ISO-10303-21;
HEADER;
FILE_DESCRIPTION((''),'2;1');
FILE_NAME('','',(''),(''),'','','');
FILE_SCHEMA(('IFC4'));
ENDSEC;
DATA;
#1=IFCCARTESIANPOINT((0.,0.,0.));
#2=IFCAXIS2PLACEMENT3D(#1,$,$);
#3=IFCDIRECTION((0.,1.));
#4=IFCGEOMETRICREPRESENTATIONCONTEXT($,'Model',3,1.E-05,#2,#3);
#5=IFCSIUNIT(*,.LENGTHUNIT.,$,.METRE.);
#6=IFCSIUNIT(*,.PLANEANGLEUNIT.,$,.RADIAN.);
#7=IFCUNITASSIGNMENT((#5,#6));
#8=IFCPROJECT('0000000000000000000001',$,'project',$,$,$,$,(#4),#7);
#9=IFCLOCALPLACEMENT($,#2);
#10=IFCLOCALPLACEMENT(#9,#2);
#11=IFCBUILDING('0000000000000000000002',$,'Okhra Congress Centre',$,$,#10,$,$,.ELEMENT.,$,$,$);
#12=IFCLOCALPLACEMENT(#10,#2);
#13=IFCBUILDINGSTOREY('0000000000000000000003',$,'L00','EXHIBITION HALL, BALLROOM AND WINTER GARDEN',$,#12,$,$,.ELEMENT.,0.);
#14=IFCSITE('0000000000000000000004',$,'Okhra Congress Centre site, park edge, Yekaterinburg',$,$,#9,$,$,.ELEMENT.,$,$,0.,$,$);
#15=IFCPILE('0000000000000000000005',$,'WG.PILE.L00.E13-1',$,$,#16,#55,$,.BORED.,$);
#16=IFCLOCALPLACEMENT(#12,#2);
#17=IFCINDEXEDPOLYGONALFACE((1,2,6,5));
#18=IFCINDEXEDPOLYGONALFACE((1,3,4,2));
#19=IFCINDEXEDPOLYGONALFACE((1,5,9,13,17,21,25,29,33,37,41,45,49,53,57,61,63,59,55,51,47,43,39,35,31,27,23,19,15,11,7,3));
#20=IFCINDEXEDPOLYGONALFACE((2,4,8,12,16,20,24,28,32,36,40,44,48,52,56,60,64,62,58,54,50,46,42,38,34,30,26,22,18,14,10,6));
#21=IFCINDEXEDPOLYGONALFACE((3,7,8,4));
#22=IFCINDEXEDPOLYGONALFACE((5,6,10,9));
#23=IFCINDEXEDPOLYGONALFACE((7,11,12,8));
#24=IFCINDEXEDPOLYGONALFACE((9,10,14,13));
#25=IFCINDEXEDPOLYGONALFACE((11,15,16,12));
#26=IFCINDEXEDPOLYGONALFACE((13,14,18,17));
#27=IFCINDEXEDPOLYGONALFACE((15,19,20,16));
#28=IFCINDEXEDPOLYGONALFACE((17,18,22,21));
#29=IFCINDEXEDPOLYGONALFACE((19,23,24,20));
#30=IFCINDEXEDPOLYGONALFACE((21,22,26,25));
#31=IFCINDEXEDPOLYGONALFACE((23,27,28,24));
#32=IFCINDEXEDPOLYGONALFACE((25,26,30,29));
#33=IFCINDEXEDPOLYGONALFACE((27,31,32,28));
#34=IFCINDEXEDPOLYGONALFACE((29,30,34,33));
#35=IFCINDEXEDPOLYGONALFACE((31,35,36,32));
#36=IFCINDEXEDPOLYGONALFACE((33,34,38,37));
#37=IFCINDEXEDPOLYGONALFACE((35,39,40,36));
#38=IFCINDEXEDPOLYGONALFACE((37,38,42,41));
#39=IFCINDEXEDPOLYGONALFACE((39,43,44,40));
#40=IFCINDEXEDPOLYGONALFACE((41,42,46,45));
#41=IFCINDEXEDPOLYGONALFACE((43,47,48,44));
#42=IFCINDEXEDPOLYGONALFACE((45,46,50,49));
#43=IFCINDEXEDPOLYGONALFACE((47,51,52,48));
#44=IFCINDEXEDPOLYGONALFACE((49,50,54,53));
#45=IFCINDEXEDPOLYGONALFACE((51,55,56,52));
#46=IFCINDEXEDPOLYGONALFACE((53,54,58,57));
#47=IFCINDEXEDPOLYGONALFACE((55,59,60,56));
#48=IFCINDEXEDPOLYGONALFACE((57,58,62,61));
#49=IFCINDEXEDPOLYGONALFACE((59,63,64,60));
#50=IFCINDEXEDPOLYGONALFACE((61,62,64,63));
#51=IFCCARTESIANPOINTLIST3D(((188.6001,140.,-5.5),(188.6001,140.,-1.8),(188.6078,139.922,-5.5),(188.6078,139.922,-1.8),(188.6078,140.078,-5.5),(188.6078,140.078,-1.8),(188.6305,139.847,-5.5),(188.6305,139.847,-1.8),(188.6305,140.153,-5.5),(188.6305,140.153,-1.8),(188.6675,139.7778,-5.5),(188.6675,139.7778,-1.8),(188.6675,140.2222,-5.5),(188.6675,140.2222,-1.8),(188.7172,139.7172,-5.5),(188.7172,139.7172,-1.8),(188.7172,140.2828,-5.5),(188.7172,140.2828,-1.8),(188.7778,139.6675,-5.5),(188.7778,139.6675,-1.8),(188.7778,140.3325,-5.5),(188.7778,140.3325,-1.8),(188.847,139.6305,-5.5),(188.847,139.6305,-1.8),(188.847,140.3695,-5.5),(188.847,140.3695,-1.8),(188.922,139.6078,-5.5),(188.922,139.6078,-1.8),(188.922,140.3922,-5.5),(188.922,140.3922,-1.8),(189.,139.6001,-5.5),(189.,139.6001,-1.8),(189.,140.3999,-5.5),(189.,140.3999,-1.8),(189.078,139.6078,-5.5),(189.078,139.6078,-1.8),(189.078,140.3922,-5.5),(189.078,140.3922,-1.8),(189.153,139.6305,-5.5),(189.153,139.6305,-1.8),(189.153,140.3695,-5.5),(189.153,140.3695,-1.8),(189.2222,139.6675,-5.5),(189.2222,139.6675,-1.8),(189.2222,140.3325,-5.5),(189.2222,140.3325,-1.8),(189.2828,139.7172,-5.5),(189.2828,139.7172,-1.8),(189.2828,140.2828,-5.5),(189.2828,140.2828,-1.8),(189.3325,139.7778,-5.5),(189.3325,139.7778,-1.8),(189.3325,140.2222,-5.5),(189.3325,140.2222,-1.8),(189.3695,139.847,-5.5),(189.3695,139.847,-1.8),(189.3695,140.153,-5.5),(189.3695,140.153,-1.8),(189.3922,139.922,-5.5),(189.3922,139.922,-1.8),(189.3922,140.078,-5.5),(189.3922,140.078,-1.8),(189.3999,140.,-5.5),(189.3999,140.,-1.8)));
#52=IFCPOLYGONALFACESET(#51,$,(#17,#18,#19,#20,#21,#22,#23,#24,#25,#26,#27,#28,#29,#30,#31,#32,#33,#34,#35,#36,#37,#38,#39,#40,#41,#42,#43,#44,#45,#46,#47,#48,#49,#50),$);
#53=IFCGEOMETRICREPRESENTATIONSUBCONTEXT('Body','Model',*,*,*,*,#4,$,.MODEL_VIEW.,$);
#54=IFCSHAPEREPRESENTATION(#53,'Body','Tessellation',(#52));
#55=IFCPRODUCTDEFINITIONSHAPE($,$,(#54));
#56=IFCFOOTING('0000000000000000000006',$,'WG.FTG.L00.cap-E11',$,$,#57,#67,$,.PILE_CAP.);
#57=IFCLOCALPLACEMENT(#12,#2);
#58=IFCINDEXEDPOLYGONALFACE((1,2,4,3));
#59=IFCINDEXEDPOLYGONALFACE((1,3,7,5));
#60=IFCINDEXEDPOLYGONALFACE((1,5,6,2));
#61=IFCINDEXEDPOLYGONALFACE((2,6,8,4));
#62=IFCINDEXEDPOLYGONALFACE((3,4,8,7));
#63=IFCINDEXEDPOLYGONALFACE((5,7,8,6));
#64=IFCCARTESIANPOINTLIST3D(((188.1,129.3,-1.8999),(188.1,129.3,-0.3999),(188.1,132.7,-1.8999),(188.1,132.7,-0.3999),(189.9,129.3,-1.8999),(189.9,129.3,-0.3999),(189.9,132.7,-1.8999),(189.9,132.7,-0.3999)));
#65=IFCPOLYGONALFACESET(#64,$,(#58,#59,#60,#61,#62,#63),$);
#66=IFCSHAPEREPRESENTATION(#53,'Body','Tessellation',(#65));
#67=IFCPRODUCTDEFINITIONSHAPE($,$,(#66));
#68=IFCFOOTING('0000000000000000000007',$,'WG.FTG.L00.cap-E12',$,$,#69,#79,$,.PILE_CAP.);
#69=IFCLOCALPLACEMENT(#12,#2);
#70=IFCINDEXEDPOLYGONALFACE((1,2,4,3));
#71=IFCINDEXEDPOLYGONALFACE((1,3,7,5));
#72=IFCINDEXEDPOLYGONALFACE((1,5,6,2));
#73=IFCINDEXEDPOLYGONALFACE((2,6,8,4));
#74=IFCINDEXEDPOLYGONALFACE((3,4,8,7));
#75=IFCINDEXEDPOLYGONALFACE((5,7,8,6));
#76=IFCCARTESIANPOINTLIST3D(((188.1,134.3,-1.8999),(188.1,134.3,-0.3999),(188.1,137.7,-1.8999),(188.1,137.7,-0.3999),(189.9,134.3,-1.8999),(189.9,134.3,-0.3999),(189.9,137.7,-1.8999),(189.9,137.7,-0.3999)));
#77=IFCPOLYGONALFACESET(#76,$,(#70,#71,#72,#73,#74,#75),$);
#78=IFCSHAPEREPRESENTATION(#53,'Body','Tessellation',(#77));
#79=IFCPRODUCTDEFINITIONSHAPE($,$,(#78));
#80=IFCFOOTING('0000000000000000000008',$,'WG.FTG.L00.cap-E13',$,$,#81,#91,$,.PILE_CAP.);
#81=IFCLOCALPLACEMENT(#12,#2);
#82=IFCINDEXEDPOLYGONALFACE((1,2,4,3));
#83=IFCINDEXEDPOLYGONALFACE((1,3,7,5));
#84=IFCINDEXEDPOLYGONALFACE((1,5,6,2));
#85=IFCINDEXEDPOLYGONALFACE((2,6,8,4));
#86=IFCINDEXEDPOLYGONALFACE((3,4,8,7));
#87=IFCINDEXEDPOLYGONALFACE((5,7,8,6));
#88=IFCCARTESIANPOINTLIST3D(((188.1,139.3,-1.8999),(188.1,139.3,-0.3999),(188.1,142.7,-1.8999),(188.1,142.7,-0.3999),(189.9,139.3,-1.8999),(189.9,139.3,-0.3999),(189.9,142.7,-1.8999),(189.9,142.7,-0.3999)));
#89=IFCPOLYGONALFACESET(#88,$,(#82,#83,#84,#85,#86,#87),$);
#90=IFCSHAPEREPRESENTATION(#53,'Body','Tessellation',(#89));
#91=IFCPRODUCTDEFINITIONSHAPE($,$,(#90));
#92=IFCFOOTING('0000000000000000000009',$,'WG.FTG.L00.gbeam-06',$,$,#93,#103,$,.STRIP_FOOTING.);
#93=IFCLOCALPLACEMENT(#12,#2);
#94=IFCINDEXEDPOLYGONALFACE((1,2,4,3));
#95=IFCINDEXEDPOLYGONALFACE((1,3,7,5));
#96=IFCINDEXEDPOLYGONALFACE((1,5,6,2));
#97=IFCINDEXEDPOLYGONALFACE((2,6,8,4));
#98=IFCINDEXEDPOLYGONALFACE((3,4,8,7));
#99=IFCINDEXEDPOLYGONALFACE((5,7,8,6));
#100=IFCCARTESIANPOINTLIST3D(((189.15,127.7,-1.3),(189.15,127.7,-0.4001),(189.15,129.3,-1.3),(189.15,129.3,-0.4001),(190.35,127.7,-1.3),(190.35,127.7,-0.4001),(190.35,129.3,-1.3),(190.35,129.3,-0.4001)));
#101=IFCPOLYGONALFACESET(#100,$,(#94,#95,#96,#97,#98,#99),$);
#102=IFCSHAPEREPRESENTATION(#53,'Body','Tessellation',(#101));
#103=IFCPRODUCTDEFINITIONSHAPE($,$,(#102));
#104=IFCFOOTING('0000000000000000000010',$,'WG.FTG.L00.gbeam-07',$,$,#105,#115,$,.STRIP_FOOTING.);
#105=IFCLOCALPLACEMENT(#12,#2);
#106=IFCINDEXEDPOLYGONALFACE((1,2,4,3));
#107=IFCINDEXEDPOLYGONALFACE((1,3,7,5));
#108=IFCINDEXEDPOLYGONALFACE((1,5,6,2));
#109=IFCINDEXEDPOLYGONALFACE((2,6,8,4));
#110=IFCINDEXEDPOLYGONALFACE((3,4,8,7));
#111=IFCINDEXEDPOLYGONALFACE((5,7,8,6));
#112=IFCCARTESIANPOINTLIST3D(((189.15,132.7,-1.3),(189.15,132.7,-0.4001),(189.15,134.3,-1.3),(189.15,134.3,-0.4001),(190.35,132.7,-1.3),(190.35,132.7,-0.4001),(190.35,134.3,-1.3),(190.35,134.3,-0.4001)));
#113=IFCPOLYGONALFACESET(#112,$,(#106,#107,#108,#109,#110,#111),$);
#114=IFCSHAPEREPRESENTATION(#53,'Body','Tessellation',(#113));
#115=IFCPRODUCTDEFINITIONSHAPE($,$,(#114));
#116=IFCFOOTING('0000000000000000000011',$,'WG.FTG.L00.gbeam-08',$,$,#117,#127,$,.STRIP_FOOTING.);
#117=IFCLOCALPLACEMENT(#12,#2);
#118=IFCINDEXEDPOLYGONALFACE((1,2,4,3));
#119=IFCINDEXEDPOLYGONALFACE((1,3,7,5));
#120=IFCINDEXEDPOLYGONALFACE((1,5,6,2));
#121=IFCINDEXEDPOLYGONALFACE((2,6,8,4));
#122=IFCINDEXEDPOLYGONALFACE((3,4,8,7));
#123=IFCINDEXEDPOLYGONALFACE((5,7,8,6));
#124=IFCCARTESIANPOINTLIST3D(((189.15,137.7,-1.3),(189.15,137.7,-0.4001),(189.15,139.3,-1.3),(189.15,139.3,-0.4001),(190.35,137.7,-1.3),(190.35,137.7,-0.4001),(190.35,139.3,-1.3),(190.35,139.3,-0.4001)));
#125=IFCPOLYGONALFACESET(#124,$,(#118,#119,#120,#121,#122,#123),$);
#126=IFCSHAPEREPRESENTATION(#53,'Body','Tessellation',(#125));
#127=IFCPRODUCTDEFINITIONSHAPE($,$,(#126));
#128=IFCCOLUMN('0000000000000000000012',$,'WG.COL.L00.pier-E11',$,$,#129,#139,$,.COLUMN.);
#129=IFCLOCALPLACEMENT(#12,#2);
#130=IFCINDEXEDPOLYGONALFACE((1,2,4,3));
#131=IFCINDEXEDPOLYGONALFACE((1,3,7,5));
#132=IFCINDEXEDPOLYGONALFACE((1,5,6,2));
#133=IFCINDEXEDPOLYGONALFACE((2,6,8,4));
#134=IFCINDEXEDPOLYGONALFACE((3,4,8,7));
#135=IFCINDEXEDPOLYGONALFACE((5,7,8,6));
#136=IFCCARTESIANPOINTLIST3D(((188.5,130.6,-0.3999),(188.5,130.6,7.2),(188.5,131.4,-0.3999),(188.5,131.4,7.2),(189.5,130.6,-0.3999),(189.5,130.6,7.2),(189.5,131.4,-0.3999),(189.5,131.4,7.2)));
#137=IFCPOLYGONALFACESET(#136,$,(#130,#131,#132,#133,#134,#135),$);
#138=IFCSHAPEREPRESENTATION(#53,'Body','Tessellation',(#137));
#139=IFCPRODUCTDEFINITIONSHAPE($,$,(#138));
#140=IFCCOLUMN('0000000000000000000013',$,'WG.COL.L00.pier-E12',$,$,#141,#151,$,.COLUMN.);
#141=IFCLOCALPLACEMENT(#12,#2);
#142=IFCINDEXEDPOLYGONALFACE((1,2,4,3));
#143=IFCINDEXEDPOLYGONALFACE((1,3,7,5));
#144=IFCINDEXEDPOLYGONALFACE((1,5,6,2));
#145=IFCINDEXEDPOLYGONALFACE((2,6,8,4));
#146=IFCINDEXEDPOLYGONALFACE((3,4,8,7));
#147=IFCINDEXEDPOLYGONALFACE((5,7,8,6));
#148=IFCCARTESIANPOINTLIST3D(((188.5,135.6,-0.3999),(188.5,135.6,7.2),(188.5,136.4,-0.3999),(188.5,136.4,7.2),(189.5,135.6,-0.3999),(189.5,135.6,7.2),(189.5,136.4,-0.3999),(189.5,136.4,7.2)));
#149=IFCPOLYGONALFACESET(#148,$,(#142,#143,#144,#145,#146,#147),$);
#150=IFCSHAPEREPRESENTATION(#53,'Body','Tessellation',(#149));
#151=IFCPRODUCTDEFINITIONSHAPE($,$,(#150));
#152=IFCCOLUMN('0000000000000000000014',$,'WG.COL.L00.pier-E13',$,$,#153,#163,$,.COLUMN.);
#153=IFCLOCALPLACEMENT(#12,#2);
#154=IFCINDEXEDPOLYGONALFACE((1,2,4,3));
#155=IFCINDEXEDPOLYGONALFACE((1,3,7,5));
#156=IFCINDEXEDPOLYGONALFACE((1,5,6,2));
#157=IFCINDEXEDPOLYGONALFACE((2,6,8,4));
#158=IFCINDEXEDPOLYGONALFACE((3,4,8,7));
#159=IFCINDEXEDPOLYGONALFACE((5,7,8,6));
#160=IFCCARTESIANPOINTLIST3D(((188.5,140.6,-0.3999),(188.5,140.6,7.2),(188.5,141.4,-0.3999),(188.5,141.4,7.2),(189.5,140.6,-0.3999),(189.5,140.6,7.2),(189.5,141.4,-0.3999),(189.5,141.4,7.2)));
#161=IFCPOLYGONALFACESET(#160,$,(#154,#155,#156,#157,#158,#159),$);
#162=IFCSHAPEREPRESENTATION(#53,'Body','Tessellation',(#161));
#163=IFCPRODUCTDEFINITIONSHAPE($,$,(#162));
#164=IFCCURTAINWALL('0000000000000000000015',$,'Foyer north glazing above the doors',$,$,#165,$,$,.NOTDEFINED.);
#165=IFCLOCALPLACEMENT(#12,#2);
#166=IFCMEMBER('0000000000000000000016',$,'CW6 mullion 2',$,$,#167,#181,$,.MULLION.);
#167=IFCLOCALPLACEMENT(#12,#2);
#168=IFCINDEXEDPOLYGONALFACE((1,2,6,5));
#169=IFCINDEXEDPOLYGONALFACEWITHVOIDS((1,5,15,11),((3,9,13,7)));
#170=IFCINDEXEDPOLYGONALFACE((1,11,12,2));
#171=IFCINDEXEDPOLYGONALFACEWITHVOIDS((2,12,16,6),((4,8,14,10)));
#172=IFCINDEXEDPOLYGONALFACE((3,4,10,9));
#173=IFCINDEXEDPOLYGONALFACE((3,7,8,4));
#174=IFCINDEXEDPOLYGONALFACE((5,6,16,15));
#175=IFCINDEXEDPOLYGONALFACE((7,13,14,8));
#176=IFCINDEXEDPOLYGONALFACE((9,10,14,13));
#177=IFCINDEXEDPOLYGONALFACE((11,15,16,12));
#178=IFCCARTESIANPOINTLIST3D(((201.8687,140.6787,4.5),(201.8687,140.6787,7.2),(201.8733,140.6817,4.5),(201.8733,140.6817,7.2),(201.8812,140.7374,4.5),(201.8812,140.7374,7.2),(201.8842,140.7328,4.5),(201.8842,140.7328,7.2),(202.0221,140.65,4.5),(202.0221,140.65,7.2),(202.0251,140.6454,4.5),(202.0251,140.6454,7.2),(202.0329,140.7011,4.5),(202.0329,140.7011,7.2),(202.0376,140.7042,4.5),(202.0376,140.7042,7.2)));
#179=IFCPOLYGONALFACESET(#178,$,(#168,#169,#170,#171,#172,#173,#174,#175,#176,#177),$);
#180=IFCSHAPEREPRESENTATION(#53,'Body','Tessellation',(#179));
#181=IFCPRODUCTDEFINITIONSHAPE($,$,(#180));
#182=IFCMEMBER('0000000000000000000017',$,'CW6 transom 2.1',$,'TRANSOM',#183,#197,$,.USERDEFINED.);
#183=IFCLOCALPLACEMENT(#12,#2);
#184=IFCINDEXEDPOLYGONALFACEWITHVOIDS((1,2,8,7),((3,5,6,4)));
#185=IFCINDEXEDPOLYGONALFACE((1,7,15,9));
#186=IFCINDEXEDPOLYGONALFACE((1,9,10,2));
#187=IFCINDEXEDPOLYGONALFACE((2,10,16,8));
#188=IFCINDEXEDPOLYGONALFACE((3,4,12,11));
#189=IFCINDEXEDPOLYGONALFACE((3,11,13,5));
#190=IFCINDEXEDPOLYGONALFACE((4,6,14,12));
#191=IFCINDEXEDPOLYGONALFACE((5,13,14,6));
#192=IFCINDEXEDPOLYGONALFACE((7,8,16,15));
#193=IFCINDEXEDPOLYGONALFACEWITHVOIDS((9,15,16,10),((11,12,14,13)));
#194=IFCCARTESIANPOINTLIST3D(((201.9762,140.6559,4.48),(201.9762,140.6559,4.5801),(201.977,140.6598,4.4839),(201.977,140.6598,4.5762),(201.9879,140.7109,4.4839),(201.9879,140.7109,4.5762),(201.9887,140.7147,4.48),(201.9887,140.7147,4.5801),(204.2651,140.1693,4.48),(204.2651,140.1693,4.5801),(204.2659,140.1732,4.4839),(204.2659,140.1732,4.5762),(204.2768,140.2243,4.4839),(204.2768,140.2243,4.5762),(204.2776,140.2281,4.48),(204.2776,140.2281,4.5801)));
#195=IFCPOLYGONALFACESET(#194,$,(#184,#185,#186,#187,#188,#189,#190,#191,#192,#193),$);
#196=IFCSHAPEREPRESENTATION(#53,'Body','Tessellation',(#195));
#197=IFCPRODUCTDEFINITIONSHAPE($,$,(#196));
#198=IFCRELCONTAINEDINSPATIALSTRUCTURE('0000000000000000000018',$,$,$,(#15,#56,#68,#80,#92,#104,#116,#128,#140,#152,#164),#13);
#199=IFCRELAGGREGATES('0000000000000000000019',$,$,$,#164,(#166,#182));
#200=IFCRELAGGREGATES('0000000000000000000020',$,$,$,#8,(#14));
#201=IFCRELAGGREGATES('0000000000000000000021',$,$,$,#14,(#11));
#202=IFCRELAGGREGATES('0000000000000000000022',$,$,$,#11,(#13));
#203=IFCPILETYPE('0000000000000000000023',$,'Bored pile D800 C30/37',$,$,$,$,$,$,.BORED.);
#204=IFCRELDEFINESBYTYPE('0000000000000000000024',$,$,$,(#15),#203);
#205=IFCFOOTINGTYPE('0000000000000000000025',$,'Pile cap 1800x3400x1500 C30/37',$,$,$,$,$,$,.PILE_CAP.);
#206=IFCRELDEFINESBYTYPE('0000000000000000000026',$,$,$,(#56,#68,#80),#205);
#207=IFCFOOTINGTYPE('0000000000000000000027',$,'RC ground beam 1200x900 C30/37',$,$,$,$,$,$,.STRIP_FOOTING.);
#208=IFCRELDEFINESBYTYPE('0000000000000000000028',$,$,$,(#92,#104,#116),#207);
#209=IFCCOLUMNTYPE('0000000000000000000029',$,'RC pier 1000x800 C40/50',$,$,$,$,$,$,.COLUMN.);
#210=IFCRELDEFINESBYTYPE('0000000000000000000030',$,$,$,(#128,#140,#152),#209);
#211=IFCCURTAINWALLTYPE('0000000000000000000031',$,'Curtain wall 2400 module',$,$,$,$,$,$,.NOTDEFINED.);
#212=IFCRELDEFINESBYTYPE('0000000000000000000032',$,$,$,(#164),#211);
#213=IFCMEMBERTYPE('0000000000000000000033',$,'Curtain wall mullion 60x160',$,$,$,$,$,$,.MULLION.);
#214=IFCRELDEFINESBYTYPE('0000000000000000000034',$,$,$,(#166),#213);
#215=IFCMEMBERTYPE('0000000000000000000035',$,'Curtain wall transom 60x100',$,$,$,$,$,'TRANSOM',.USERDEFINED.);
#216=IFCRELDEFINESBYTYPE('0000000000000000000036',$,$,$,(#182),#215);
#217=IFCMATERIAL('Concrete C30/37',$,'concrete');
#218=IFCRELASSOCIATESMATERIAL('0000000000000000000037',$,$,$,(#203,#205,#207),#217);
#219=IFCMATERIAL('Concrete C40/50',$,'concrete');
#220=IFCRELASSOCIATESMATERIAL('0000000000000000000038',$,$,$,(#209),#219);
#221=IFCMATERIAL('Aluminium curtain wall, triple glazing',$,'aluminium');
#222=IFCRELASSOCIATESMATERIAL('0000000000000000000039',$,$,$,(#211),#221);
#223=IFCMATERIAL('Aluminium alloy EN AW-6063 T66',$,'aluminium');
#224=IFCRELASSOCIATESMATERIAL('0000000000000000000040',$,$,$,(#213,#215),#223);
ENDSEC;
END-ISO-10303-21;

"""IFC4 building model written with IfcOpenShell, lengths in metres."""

from ifc_helpers import new_model, si_unit, direction, frame, origin, origin_2d, place, context, subcontext, project, spatial, rectangle, hollow_rectangle, circle, extrude, material, material_profile, profile_set, type_object, element, aggregate, save


model = new_model("IFC4")

# Units and contexts
model_context = context("Model", 3, precision=1e-05, world=origin(), true_north=direction((0.0, 1.0)))
body_context = subcontext(model_context, "Body", "Model", "MODEL_VIEW")
ifc_project = project(units=[si_unit("LENGTHUNIT", "METRE"), si_unit("PLANEANGLEUNIT", "RADIAN")], contexts=[model_context])

# Site, building, storey
site_placement = place(None, origin())
site = spatial("IfcSite", under=ifc_project, at=site_placement, Name="Okhra Congress Centre site, park edge, Yekaterinburg", CompositionType="ELEMENT", RefElevation=0.0)
building_placement = place(site_placement, origin())
building = spatial("IfcBuilding", under=site, at=building_placement, Name="Okhra Congress Centre", CompositionType="ELEMENT")
storey_placement = place(building_placement, origin())
storey = spatial("IfcBuildingStorey", under=building, at=storey_placement, Name="L00", Description="EXHIBITION HALL, BALLROOM AND WINTER GARDEN", CompositionType="ELEMENT", Elevation=0.0)

# Pile
ifc_material_1 = material(Name="Concrete C30/37", Category="concrete")
ifc_material_profile_1 = material_profile(ifc_material_1, circle(Radius=0.3999, at=origin_2d()), Name="D800")
ifc_profile_set_1 = profile_set([ifc_material_profile_1], Name="Concrete C30/37")
pile_type = type_object("IfcPileType", Name="Bored pile D800 C30/37", PredefinedType="BORED", material=ifc_profile_set_1)
for number, where, z_axis, x_axis, name in (
    (1, (189.0, 140.0, -1.8), (0.0, 0.0, -1.0), (1.0, 0.0, 0.0), "WG.PILE.L00.E13-1"),
):
    element("IfcPile", number, at=place(storey_placement, frame(where, z_axis=z_axis, x_axis=x_axis)), inside=storey, type_object=pile_type, Name=name, PredefinedType="BORED", context=body_context, shape_type="SweptSolid", body=[
        extrude(circle(Radius=0.3999, at=origin_2d()), origin(), (0.0, 0.0, 1.0), 3.7),
    ])

# Footings
footing_type_1 = type_object("IfcFootingType", Name="Pile cap 1800x3400x1500 C30/37", PredefinedType="PILE_CAP", material=ifc_material_1)
for number, where, z_axis, x_axis, name in (
    (2, (189.0, 131.0, -1.8999), (0.0, 0.0, 1.0), (1.0, 0.0, 0.0), "WG.FTG.L00.cap-E11"),
    (3, (189.0, 136.0, -1.8999), (0.0, 0.0, 1.0), (1.0, 0.0, 0.0), "WG.FTG.L00.cap-E12"),
    (4, (189.0, 141.0, -1.8999), (0.0, 0.0, 1.0), (1.0, 0.0, 0.0), "WG.FTG.L00.cap-E13"),
):
    element("IfcFooting", number, at=place(storey_placement, frame(where, z_axis=z_axis, x_axis=x_axis)), inside=storey, type_object=footing_type_1, Name=name, PredefinedType="PILE_CAP", context=body_context, shape_type="SweptSolid", body=[
        extrude(rectangle(XDim=1.8, YDim=3.3999, at=origin_2d()), origin(), (0.0, 0.0, 1.0), 1.5),
    ])
footing_type_2 = type_object("IfcFootingType", Name="RC ground beam 1200x900 C30/37", PredefinedType="STRIP_FOOTING", material=ifc_material_1)
for number, where, z_axis, x_axis, name in (
    (5, (189.75, 128.5, -1.3), (0.0, 0.0, 1.0), (1.0, 0.0, 0.0), "WG.FTG.L00.gbeam-06"),
    (6, (189.75, 133.5, -1.3), (0.0, 0.0, 1.0), (1.0, 0.0, 0.0), "WG.FTG.L00.gbeam-07"),
    (7, (189.75, 138.5, -1.3), (0.0, 0.0, 1.0), (1.0, 0.0, 0.0), "WG.FTG.L00.gbeam-08"),
):
    element("IfcFooting", number, at=place(storey_placement, frame(where, z_axis=z_axis, x_axis=x_axis)), inside=storey, type_object=footing_type_2, Name=name, PredefinedType="STRIP_FOOTING", context=body_context, shape_type="SweptSolid", body=[
        extrude(rectangle(XDim=1.2, YDim=1.6001, at=origin_2d()), origin(), (0.0, 0.0, 1.0), 0.8999),
    ])

# Columns
ifc_material_2 = material(Name="Concrete C40/50", Category="concrete")
ifc_material_profile_2 = material_profile(ifc_material_2, rectangle(XDim=1.0, YDim=0.8, at=origin_2d()), Name="RC 1000x800")
ifc_profile_set_2 = profile_set([ifc_material_profile_2], Name="Concrete C40/50")
column_type = type_object("IfcColumnType", Name="RC pier 1000x800 C40/50", PredefinedType="COLUMN", material=ifc_profile_set_2)
for number, where, z_axis, x_axis, name in (
    (8, (189.0, 131.0, -0.3999), (0.0, 0.0, 1.0), (1.0, 0.0, 0.0), "WG.COL.L00.pier-E11"),
    (9, (189.0, 136.0, -0.3999), (0.0, 0.0, 1.0), (1.0, 0.0, 0.0), "WG.COL.L00.pier-E12"),
    (10, (189.0, 141.0, -0.3999), (0.0, 0.0, 1.0), (1.0, 0.0, 0.0), "WG.COL.L00.pier-E13"),
):
    element("IfcColumn", number, at=place(storey_placement, frame(where, z_axis=z_axis, x_axis=x_axis)), inside=storey, type_object=column_type, Name=name, PredefinedType="COLUMN", context=body_context, shape_type="SweptSolid", body=[
        extrude(rectangle(XDim=1.0, YDim=0.8, at=origin_2d()), origin(), (0.0, 0.0, 1.0), 7.5999),
    ])

# Curtain wall, members
ifc_material_3 = material(Name="Aluminium curtain wall, triple glazing", Category="aluminium")
curtain_wall_type = type_object("IfcCurtainWallType", Name="Curtain wall 2400 module", PredefinedType="NOTDEFINED", material=ifc_material_3)
curtain_wall_placement = place(storey_placement, origin())
curtain_wall = element("IfcCurtainWall", 11, at=curtain_wall_placement, inside=storey, type_object=curtain_wall_type, Name="Foyer north glazing above the doors", PredefinedType="NOTDEFINED")
ifc_material_4 = material(Name="Aluminium alloy EN AW-6063 T66", Category="aluminium")
ifc_material_profile_3 = material_profile(ifc_material_4, hollow_rectangle(XDim=0.0601, YDim=0.1599, WallThickness=0.0039, at=origin_2d()), Name="RHS 60x160x4")
ifc_profile_set_3 = profile_set([ifc_material_profile_3], Name="Aluminium alloy EN AW-6063 T66")
member_type_1 = type_object("IfcMemberType", Name="Curtain wall mullion 60x160", PredefinedType="MULLION", material=ifc_profile_set_3)
member_1_placement = place(storey_placement, frame((201.9531, 140.6914, 4.5), z_axis=(0.0, 0.0, 1.0), x_axis=(0.207912, 0.978148, 0.0)))
member_1 = element("IfcMember", 12, at=member_1_placement, type_object=member_type_1, Name="CW6 mullion 2", PredefinedType="MULLION", context=body_context, shape_type="SweptSolid", body=[
    extrude(hollow_rectangle(XDim=0.0601, YDim=0.1599, WallThickness=0.0039, at=origin_2d()), origin(), (0.0, 0.0, 1.0), 2.7),
])
ifc_material_profile_4 = material_profile(ifc_material_4, hollow_rectangle(XDim=0.0601, YDim=0.1001, WallThickness=0.0039, at=origin_2d()), Name="RHS 60x100x4")
ifc_profile_set_4 = profile_set([ifc_material_profile_4], Name="Aluminium alloy EN AW-6063 T66")
member_type_2 = type_object("IfcMemberType", Name="Curtain wall transom 60x100", ElementType="TRANSOM", PredefinedType="USERDEFINED", material=ifc_profile_set_4)
member_2_placement = place(storey_placement, frame((201.9824, 140.6853, 4.53), z_axis=(0.978142, -0.20794, 0.0), x_axis=(0.20794, 0.978142, 0.0)))
member_2 = element("IfcMember", 13, at=member_2_placement, type_object=member_type_2, Name="CW6 transom 2.1", ObjectType="TRANSOM", PredefinedType="USERDEFINED", context=body_context, shape_type="SweptSolid", body=[
    extrude(hollow_rectangle(XDim=0.0601, YDim=0.1001, WallThickness=0.0039, at=origin_2d()), origin(), (0.0, 0.0, 1.0), 2.3401),
])
aggregate(curtain_wall, [member_1, member_2])

save(model, "model.ifc")
